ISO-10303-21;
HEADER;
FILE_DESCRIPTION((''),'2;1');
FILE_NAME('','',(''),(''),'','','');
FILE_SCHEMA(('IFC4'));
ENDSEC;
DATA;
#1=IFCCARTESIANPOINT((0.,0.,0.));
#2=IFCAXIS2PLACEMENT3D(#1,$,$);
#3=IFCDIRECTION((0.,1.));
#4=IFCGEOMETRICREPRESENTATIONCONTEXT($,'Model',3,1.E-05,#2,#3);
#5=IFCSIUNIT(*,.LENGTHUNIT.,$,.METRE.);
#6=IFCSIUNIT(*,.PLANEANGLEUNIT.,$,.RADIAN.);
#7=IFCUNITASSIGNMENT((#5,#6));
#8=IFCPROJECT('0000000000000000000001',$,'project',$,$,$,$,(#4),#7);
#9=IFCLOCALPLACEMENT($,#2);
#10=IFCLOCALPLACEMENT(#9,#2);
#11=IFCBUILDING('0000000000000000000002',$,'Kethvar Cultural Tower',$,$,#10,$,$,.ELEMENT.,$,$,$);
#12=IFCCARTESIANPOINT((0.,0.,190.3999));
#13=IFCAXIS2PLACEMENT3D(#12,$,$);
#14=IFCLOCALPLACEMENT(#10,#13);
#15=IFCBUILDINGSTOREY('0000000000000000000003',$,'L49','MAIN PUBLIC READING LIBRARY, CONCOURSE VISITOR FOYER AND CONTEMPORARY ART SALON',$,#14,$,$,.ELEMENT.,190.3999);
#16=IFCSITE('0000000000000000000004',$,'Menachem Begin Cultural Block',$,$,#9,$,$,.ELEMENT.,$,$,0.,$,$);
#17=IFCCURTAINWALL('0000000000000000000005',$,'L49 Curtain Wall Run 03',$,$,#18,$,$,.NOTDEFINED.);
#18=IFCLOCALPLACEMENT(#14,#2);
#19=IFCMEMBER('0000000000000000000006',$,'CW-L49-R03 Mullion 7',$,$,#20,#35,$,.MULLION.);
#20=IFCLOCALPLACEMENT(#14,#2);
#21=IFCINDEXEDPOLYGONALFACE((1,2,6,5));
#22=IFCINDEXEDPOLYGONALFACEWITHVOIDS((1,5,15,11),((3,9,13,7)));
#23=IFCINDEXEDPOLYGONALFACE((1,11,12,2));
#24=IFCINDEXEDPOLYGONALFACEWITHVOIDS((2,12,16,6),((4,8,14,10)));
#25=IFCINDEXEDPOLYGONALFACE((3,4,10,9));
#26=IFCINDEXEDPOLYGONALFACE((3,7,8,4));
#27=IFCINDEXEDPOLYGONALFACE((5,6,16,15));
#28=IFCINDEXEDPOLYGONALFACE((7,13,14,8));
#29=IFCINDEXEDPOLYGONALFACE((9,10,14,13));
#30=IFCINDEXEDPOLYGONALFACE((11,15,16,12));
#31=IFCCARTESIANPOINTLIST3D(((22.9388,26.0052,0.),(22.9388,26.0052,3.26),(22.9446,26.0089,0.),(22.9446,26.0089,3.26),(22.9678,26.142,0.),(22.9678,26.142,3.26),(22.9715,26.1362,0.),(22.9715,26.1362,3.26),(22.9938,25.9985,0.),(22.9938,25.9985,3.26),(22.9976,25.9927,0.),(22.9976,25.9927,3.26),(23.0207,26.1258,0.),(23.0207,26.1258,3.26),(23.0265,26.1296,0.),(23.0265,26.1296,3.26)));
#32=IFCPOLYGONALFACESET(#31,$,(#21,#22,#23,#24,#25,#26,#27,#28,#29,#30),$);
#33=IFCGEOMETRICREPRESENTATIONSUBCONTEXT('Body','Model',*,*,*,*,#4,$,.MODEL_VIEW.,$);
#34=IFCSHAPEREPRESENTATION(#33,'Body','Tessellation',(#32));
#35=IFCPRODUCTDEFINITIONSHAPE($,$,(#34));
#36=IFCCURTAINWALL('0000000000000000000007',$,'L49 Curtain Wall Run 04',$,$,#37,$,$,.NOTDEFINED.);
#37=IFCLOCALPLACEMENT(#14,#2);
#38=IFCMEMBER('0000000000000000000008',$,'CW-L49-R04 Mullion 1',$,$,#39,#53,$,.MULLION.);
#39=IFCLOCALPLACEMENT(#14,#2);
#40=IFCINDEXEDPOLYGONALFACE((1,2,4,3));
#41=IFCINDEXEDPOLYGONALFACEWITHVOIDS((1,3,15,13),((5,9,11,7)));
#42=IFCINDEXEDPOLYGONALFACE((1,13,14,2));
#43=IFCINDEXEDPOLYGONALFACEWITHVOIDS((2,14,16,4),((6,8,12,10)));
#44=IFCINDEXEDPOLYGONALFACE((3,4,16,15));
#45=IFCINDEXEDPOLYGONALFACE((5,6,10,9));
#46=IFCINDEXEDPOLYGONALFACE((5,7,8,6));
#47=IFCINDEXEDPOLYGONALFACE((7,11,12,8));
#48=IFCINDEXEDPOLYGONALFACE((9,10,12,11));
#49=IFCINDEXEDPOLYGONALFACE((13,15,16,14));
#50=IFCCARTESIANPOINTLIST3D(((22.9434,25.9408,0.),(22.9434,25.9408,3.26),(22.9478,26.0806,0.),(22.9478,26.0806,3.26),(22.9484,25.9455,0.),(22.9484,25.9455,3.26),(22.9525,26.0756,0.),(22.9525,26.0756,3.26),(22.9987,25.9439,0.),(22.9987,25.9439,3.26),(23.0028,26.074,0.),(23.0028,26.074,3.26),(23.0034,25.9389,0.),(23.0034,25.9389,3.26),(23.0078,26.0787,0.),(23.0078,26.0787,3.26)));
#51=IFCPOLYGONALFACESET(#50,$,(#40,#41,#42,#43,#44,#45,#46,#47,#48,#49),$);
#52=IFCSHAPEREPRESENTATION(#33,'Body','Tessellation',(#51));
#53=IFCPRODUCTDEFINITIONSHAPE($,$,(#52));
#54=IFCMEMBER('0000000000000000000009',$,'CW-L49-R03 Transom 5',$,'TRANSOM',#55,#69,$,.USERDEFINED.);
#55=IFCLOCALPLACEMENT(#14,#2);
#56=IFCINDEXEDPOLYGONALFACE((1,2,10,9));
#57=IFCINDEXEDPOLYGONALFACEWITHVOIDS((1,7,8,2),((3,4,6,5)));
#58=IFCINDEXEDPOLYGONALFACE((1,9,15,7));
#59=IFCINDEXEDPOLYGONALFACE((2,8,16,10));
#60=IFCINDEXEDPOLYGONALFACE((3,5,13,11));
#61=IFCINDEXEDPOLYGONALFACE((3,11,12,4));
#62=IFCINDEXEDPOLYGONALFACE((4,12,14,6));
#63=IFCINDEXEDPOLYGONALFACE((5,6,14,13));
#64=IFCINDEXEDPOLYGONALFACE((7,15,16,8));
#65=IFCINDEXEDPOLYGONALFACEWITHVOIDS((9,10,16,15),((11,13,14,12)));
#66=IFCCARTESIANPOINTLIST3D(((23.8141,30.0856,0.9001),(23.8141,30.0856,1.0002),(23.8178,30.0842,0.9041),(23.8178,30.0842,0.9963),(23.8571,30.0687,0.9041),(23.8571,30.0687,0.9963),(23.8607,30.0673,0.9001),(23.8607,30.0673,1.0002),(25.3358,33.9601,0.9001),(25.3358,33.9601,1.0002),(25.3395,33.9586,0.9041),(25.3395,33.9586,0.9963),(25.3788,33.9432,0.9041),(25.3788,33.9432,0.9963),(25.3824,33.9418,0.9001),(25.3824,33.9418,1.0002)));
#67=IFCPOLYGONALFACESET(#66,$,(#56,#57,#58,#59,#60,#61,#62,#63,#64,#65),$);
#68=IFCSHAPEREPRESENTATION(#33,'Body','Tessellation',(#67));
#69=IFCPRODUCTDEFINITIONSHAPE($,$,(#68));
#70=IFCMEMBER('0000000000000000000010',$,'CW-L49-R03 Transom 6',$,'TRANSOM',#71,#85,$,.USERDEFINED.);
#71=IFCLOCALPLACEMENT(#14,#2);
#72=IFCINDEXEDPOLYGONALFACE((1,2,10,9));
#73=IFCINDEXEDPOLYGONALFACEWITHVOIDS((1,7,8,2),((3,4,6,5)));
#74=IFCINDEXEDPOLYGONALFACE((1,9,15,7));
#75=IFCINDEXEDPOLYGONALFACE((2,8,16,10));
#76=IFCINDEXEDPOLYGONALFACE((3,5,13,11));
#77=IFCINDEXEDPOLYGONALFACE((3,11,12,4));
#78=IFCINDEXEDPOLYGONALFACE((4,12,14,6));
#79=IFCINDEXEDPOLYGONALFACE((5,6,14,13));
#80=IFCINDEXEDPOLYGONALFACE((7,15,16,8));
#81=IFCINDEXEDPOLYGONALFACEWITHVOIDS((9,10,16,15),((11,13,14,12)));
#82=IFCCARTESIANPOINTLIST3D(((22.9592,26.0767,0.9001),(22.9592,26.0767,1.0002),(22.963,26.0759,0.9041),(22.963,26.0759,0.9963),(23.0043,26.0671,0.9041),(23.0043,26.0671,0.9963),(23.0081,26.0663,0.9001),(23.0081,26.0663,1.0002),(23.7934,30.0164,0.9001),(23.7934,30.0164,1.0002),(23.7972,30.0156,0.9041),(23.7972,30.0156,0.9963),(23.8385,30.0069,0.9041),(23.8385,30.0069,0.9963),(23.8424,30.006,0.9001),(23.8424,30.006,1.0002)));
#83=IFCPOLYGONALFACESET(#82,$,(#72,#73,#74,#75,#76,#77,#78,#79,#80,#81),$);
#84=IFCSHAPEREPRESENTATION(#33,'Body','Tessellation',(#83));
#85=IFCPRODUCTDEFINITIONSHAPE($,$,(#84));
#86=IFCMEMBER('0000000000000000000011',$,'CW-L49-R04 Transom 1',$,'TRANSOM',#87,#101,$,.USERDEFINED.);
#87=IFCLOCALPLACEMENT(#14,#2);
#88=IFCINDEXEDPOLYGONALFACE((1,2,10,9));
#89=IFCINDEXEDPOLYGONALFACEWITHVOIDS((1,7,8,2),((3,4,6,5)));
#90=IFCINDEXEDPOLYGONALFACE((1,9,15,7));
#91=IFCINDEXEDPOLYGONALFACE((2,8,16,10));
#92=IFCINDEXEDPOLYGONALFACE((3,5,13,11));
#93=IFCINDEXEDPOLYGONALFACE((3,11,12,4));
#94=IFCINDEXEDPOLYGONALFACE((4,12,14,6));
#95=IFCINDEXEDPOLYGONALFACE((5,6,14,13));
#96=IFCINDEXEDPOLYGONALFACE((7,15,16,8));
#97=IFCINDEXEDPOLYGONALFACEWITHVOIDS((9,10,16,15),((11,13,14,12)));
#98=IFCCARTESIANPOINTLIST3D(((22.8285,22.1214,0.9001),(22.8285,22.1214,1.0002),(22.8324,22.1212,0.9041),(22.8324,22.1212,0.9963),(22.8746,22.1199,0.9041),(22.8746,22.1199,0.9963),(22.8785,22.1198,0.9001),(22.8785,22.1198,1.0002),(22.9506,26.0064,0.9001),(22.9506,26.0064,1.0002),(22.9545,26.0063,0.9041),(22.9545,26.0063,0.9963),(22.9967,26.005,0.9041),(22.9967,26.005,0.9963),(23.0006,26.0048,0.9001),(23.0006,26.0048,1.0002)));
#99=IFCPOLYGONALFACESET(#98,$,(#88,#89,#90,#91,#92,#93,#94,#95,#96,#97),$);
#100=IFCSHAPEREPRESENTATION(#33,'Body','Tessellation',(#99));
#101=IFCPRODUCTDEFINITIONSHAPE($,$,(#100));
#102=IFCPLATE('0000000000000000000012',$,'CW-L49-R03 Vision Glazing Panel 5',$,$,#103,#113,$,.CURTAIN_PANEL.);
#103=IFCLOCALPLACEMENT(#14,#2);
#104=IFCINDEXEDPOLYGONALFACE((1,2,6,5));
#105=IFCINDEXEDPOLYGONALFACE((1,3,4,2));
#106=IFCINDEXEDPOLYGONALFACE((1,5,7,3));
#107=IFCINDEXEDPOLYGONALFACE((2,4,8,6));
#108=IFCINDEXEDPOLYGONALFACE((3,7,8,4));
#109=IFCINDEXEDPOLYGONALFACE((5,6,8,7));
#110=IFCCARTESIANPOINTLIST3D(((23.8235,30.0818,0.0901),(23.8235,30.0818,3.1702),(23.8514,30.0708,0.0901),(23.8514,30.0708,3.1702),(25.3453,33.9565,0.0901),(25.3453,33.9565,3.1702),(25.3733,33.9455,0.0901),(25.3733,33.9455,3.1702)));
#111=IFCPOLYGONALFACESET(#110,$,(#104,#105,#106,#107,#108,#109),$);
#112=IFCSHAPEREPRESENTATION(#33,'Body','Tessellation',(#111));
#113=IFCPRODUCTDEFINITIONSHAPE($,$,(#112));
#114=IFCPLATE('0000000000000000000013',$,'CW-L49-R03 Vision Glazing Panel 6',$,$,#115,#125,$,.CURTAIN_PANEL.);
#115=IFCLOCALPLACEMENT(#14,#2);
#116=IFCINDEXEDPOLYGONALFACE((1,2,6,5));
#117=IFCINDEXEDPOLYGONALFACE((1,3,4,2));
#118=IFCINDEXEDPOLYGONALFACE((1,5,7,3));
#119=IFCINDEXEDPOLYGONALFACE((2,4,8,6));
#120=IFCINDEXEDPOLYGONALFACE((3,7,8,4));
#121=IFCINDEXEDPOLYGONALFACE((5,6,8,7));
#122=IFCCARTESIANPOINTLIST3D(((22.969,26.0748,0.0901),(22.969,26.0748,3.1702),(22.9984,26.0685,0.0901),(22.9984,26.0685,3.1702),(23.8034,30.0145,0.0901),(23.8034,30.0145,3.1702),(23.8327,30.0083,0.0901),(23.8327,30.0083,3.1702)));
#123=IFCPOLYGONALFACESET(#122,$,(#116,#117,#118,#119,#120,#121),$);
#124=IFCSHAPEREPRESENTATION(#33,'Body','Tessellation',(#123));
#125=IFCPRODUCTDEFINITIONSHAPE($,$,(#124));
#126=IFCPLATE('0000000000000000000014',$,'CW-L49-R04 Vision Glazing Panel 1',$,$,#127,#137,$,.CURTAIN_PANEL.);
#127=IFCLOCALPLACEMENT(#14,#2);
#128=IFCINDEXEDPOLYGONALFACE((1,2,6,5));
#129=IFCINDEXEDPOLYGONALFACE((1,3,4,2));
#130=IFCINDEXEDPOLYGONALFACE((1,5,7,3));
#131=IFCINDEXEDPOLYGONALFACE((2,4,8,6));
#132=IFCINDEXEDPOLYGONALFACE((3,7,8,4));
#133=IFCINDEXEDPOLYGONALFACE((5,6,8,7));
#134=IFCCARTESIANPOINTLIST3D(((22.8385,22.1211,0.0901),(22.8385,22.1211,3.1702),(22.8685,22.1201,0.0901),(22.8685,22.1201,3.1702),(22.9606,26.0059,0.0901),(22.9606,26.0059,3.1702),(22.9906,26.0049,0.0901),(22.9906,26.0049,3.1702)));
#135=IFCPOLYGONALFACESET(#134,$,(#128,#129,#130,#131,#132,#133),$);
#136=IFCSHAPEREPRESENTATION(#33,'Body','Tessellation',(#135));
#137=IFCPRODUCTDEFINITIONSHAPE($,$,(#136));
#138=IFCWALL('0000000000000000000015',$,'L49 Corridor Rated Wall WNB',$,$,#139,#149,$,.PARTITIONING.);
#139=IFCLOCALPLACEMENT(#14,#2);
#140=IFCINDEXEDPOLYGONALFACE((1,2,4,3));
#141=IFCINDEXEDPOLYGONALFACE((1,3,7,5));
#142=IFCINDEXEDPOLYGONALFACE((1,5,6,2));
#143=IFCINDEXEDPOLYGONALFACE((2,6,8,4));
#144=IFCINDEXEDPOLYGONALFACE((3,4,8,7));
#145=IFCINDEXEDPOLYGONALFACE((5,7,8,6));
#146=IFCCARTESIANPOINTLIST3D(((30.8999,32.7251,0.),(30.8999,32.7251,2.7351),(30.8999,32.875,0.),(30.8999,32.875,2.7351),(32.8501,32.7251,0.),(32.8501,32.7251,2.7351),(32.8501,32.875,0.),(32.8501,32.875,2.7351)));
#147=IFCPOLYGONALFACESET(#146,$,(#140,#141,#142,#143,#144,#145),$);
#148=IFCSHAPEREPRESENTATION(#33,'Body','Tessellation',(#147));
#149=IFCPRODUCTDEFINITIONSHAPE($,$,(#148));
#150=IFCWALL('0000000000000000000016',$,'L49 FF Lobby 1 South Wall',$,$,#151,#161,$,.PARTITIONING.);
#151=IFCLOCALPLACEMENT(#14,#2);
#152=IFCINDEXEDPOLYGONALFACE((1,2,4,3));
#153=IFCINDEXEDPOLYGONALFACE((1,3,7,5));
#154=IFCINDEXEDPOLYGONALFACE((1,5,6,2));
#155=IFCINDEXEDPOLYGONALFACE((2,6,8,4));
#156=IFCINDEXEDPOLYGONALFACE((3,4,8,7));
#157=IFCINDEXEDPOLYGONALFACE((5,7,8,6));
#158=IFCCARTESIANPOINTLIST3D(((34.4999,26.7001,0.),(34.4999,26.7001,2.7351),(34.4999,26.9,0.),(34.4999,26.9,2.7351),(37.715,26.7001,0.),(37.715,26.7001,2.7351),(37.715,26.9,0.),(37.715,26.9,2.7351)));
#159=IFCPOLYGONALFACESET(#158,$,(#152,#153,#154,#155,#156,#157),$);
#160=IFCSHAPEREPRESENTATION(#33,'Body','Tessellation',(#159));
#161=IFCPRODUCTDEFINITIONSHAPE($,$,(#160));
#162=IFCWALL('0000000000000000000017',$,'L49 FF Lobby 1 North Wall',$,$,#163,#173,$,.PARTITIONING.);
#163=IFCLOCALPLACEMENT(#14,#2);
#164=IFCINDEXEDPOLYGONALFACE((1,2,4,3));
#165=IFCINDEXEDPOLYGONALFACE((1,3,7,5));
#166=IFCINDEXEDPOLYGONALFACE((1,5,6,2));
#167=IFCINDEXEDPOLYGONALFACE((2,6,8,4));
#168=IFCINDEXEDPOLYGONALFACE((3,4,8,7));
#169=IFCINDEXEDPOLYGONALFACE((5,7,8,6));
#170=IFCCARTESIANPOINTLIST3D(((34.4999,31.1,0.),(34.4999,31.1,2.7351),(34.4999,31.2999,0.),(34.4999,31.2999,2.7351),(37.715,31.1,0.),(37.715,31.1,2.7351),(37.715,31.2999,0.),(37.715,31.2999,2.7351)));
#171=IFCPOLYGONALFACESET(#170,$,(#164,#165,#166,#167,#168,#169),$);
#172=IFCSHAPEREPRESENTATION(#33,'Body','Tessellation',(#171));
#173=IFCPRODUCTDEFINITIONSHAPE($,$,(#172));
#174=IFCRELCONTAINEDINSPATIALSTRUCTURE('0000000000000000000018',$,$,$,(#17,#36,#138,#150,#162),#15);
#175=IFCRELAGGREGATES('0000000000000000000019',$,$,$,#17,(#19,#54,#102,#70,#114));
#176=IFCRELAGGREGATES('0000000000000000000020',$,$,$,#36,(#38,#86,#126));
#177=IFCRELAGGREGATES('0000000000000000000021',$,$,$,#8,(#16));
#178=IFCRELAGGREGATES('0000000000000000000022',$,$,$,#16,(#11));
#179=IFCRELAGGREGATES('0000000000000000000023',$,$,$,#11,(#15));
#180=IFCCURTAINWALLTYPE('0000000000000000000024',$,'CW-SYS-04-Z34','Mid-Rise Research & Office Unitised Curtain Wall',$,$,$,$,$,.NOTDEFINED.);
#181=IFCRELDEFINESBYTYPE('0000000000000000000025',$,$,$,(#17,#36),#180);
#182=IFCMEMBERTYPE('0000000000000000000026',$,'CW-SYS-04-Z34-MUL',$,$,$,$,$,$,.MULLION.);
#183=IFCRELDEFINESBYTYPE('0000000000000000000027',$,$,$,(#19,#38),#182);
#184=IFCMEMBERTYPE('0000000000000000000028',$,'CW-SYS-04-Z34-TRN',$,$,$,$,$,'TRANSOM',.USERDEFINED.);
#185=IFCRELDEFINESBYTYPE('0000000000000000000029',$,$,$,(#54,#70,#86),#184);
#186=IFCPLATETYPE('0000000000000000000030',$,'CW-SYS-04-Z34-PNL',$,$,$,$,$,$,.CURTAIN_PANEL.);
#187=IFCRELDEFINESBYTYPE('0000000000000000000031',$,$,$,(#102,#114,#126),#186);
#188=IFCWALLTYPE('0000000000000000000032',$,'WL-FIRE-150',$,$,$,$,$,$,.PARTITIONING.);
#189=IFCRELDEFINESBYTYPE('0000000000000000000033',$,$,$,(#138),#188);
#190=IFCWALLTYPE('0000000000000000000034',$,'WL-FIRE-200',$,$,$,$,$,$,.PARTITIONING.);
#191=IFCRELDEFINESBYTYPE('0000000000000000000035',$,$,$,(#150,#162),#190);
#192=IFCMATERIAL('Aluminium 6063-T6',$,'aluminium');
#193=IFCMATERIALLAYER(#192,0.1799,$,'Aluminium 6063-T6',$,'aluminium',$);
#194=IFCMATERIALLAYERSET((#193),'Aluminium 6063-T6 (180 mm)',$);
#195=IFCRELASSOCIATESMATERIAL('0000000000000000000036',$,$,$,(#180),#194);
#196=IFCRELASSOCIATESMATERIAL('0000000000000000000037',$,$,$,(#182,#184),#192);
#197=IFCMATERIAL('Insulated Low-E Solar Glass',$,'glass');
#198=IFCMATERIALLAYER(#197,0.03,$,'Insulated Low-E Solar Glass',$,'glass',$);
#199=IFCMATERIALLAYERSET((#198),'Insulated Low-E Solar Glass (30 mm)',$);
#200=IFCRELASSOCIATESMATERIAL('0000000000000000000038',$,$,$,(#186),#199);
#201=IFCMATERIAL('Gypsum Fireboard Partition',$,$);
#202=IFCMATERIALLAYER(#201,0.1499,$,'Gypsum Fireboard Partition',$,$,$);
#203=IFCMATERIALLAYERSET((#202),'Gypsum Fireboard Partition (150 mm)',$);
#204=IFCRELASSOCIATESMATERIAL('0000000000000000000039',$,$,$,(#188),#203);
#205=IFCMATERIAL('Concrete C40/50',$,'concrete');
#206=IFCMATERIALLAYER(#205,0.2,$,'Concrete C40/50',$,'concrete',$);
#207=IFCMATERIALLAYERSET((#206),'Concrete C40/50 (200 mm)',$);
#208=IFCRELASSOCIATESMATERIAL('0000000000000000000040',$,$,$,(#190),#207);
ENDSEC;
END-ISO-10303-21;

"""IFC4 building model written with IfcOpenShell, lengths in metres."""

from ifc_helpers import new_model, si_unit, direction, frame, frame_2d, origin, origin_2d, place, context, subcontext, project, spatial, rectangle, hollow_rectangle, extrude, source, transform, mapped, material, layer, layer_set, material_profile, profile_set, type_object, element, aggregate, save


model = new_model("IFC4")

# Units and contexts
model_context = context("Model", 3, precision=1e-05, world=origin(), true_north=direction((0.0, 1.0)))
body_context = subcontext(model_context, "Body", "Model", "MODEL_VIEW")
ifc_project = project(units=[si_unit("LENGTHUNIT", "METRE"), si_unit("PLANEANGLEUNIT", "RADIAN")], contexts=[model_context])

# Site, building, storey
site_placement = place(None, origin())
site = spatial("IfcSite", under=ifc_project, at=site_placement, Name="Menachem Begin Cultural Block", CompositionType="ELEMENT", RefElevation=0.0)
building_placement = place(site_placement, origin())
building = spatial("IfcBuilding", under=site, at=building_placement, Name="Kethvar Cultural Tower", CompositionType="ELEMENT")
storey_placement = place(building_placement, frame((0.0, 0.0, 190.3999)))
storey = spatial("IfcBuildingStorey", under=building, at=storey_placement, Name="L49", Description="MAIN PUBLIC READING LIBRARY, CONCOURSE VISITOR FOYER AND CONTEMPORARY ART SALON", CompositionType="ELEMENT", Elevation=190.3999)

# Curtain wall, member
ifc_material_1 = material(Name="Aluminium 6063-T6", Category="aluminium")
ifc_layer_1 = layer(ifc_material_1, 0.1799, Name="Aluminium 6063-T6", Category="aluminium")
ifc_layer_set_1 = layer_set([ifc_layer_1], Name="Aluminium 6063-T6 (180 mm)")
curtain_wall_type = type_object("IfcCurtainWallType", Name="CW-SYS-04-Z34", Description="Mid-Rise Research & Office Unitised Curtain Wall", PredefinedType="NOTDEFINED", material=ifc_layer_set_1)
curtain_wall_1_placement = place(storey_placement, origin())
curtain_wall_1 = element("IfcCurtainWall", 1, at=curtain_wall_1_placement, inside=storey, type_object=curtain_wall_type, Name="L49 Curtain Wall Run 03", PredefinedType="NOTDEFINED")
ifc_material_profile_1 = material_profile(ifc_material_1, hollow_rectangle(XDim=0.0601, YDim=0.1399, WallThickness=0.0049, at=origin_2d()), Name="Aluminium 6063-T6 — RHS140x60x5")
ifc_profile_set_1 = profile_set([ifc_material_profile_1], Name="Aluminium 6063-T6 — RHS140x60x5")
member_type_1 = type_object("IfcMemberType", Name="CW-SYS-04-Z34-MUL", PredefinedType="MULLION", material=ifc_profile_set_1)
shared_shape_1 = source(origin(), body_context, "Body", "SweptSolid", [
    extrude(hollow_rectangle(XDim=0.0601, YDim=0.1399, WallThickness=0.0049, at=origin_2d()), origin(), (0.0, 0.0, 1.0), 3.26),
])
member_1_placement = place(storey_placement, frame((22.9827, 26.0674, 0.0), z_axis=(0.0, 0.0, 1.0), x_axis=(0.978303, -0.207178, 0.0)))
member_1 = element("IfcMember", 2, at=member_1_placement, type_object=member_type_1, Name="CW-L49-R03 Mullion 7", PredefinedType="MULLION", context=body_context, shape_type="MappedRepresentation", body=[
    mapped(shared_shape_1, transform((0.0, 0.0, 0.0), scale=1.0)),
])

# Curtain wall, member
curtain_wall_2_placement = place(storey_placement, origin())
curtain_wall_2 = element("IfcCurtainWall", 3, at=curtain_wall_2_placement, inside=storey, type_object=curtain_wall_type, Name="L49 Curtain Wall Run 04", PredefinedType="NOTDEFINED")
member_2_placement = place(storey_placement, frame((22.9756, 26.0098, 0.0), z_axis=(0.0, 0.0, 1.0), x_axis=(0.999506, -0.031428, 0.0)))
member_2 = element("IfcMember", 4, at=member_2_placement, type_object=member_type_1, Name="CW-L49-R04 Mullion 1", PredefinedType="MULLION", context=body_context, shape_type="MappedRepresentation", body=[
    mapped(shared_shape_1, transform((0.0, 0.0, 0.0), scale=1.0)),
])

# Members
ifc_material_profile_2 = material_profile(ifc_material_1, hollow_rectangle(XDim=0.05, YDim=0.1001, WallThickness=0.0039, at=origin_2d()), Name="Aluminium 6063-T6 — RHS100x50x4")
ifc_profile_set_2 = profile_set([ifc_material_profile_2], Name="Aluminium 6063-T6 — RHS100x50x4")
member_type_2 = type_object("IfcMemberType", Name="CW-SYS-04-Z34-TRN", ElementType="TRANSOM", PredefinedType="USERDEFINED", material=ifc_profile_set_2)
shared_shape_2 = source(origin(), body_context, "Body", "SweptSolid", [
    extrude(hollow_rectangle(XDim=0.05, YDim=0.1001, WallThickness=0.0039, at=origin_2d()), origin(), (0.0, 0.0, 1.0), 4.1626),
])
member_3_placement = place(storey_placement, frame((25.3591, 33.9509, 0.9502), z_axis=(-0.365569, -0.930784, 0.0), x_axis=(0.930784, -0.365569, 0.0)))
member_3 = element("IfcMember", 5, at=member_3_placement, type_object=member_type_2, Name="CW-L49-R03 Transom 5", ObjectType="TRANSOM", PredefinedType="USERDEFINED", context=body_context, shape_type="MappedRepresentation", body=[
    mapped(shared_shape_2, transform((0.0, 0.0, 0.0), scale=1.0)),
])
shared_shape_3 = source(origin(), body_context, "Body", "SweptSolid", [
    extrude(hollow_rectangle(XDim=0.05, YDim=0.1001, WallThickness=0.0039, at=origin_2d()), origin(), (0.0, 0.0, 1.0), 4.0271),
])
member_4_placement = place(storey_placement, frame((23.8179, 30.0112, 0.9502), z_axis=(-0.207156, -0.978308, 0.0), x_axis=(0.978308, -0.207156, 0.0)))
member_4 = element("IfcMember", 6, at=member_4_placement, type_object=member_type_2, Name="CW-L49-R03 Transom 6", ObjectType="TRANSOM", PredefinedType="USERDEFINED", context=body_context, shape_type="MappedRepresentation", body=[
    mapped(shared_shape_3, transform((0.0, 0.0, 0.0), scale=1.0)),
])
shared_shape_4 = source(origin(), body_context, "Body", "SweptSolid", [
    extrude(hollow_rectangle(XDim=0.05, YDim=0.1001, WallThickness=0.0039, at=origin_2d()), origin(), (0.0, 0.0, 1.0), 3.887),
])
member_5_placement = place(storey_placement, frame((22.9756, 26.0056, 0.9502), z_axis=(-0.031405, -0.999507, 0.0), x_axis=(0.999507, -0.031405, 0.0)))
member_5 = element("IfcMember", 7, at=member_5_placement, type_object=member_type_2, Name="CW-L49-R04 Transom 1", ObjectType="TRANSOM", PredefinedType="USERDEFINED", context=body_context, shape_type="MappedRepresentation", body=[
    mapped(shared_shape_4, transform((0.0, 0.0, 0.0), scale=1.0)),
])

# Plates
ifc_material_2 = material(Name="Insulated Low-E Solar Glass", Category="glass")
ifc_layer_2 = layer(ifc_material_2, 0.03, Name="Insulated Low-E Solar Glass", Category="glass")
ifc_layer_set_2 = layer_set([ifc_layer_2], Name="Insulated Low-E Solar Glass (30 mm)")
plate_type = type_object("IfcPlateType", Name="CW-SYS-04-Z34-PNL", PredefinedType="CURTAIN_PANEL", material=ifc_layer_set_2)
shared_shape_5 = source(origin(), body_context, "Body", "SweptSolid", [
    extrude(rectangle(XDim=4.1628, YDim=0.03, at=origin_2d()), origin(), (0.0, 0.0, 1.0), 3.0801),
])
plate_1_placement = place(storey_placement, frame((24.5984, 32.0137, 0.0901), z_axis=(0.0, 0.0, 1.0), x_axis=(-0.365575, -0.930782, 0.0)))
plate_1 = element("IfcPlate", 8, at=plate_1_placement, type_object=plate_type, Name="CW-L49-R03 Vision Glazing Panel 5", PredefinedType="CURTAIN_PANEL", context=body_context, shape_type="MappedRepresentation", body=[
    mapped(shared_shape_5, transform((0.0, 0.0, 0.0), scale=1.0)),
])
shared_shape_6 = source(origin(), body_context, "Body", "SweptSolid", [
    extrude(rectangle(XDim=4.0271, YDim=0.03, at=origin_2d()), origin(), (0.0, 0.0, 1.0), 3.0801),
])
plate_2_placement = place(storey_placement, frame((23.4009, 28.0415, 0.0901), z_axis=(0.0, 0.0, 1.0), x_axis=(-0.207178, -0.978303, 0.0)))
plate_2 = element("IfcPlate", 9, at=plate_2_placement, type_object=plate_type, Name="CW-L49-R03 Vision Glazing Panel 6", PredefinedType="CURTAIN_PANEL", context=body_context, shape_type="MappedRepresentation", body=[
    mapped(shared_shape_6, transform((0.0, 0.0, 0.0), scale=1.0)),
])
aggregate(curtain_wall_1, [member_1, member_3, plate_1, member_4, plate_2])
shared_shape_7 = source(origin(), body_context, "Body", "SweptSolid", [
    extrude(rectangle(XDim=3.8867, YDim=0.03, at=origin_2d()), origin(), (0.0, 0.0, 1.0), 3.0801),
])
plate_3_placement = place(storey_placement, frame((22.9146, 24.063, 0.0901), z_axis=(0.0, 0.0, 1.0), x_axis=(-0.031428, -0.999506, 0.0)))
plate_3 = element("IfcPlate", 10, at=plate_3_placement, type_object=plate_type, Name="CW-L49-R04 Vision Glazing Panel 1", PredefinedType="CURTAIN_PANEL", context=body_context, shape_type="MappedRepresentation", body=[
    mapped(shared_shape_7, transform((0.0, 0.0, 0.0), scale=1.0)),
])
aggregate(curtain_wall_2, [member_2, member_5, plate_3])

# Wall
ifc_material_3 = material(Name="Gypsum Fireboard Partition")
ifc_layer_3 = layer(ifc_material_3, 0.1499, Name="Gypsum Fireboard Partition")
ifc_layer_set_3 = layer_set([ifc_layer_3], Name="Gypsum Fireboard Partition (150 mm)")
wall_type_1 = type_object("IfcWallType", Name="WL-FIRE-150", PredefinedType="PARTITIONING", material=ifc_layer_set_3)
wall_1_placement = place(storey_placement, frame((30.8999, 32.8, 0.0), z_axis=(0.0, 0.0, 1.0), x_axis=(1.0, 0.0, 0.0)))
element("IfcWall", 11, at=wall_1_placement, inside=storey, type_object=wall_type_1, Name="L49 Corridor Rated Wall WNB", PredefinedType="PARTITIONING", context=body_context, shape_type="SweptSolid", body=[
    extrude(rectangle(XDim=1.9502, YDim=0.1499, at=frame_2d((0.9751, 0.0))), origin(), (0.0, 0.0, 1.0), 2.7351),
])

# Shared definitions
ifc_material_4 = material(Name="Concrete C40/50", Category="concrete")
ifc_layer_4 = layer(ifc_material_4, 0.2, Name="Concrete C40/50", Category="concrete")
ifc_layer_set_4 = layer_set([ifc_layer_4], Name="Concrete C40/50 (200 mm)")
wall_type_2 = type_object("IfcWallType", Name="WL-FIRE-200", PredefinedType="PARTITIONING", material=ifc_layer_set_4)

# Walls
for number, where, z_axis, x_axis, name in (
    (12, (34.5, 26.8, 0.0), (0.0, 0.0, 1.0), (1.0, 0.0, 0.0), "L49 FF Lobby 1 South Wall"),
    (13, (34.5, 31.2, 0.0), (0.0, 0.0, 1.0), (1.0, 0.0, 0.0), "L49 FF Lobby 1 North Wall"),
):
    element("IfcWall", number, at=place(storey_placement, frame(where, z_axis=z_axis, x_axis=x_axis)), inside=storey, type_object=wall_type_2, Name=name, PredefinedType="PARTITIONING", context=body_context, shape_type="SweptSolid", body=[
        extrude(rectangle(XDim=3.2151, YDim=0.2, at=frame_2d((1.6074, 0.0))), origin(), (0.0, 0.0, 1.0), 2.7351),
    ])

save(model, "model.ifc")
